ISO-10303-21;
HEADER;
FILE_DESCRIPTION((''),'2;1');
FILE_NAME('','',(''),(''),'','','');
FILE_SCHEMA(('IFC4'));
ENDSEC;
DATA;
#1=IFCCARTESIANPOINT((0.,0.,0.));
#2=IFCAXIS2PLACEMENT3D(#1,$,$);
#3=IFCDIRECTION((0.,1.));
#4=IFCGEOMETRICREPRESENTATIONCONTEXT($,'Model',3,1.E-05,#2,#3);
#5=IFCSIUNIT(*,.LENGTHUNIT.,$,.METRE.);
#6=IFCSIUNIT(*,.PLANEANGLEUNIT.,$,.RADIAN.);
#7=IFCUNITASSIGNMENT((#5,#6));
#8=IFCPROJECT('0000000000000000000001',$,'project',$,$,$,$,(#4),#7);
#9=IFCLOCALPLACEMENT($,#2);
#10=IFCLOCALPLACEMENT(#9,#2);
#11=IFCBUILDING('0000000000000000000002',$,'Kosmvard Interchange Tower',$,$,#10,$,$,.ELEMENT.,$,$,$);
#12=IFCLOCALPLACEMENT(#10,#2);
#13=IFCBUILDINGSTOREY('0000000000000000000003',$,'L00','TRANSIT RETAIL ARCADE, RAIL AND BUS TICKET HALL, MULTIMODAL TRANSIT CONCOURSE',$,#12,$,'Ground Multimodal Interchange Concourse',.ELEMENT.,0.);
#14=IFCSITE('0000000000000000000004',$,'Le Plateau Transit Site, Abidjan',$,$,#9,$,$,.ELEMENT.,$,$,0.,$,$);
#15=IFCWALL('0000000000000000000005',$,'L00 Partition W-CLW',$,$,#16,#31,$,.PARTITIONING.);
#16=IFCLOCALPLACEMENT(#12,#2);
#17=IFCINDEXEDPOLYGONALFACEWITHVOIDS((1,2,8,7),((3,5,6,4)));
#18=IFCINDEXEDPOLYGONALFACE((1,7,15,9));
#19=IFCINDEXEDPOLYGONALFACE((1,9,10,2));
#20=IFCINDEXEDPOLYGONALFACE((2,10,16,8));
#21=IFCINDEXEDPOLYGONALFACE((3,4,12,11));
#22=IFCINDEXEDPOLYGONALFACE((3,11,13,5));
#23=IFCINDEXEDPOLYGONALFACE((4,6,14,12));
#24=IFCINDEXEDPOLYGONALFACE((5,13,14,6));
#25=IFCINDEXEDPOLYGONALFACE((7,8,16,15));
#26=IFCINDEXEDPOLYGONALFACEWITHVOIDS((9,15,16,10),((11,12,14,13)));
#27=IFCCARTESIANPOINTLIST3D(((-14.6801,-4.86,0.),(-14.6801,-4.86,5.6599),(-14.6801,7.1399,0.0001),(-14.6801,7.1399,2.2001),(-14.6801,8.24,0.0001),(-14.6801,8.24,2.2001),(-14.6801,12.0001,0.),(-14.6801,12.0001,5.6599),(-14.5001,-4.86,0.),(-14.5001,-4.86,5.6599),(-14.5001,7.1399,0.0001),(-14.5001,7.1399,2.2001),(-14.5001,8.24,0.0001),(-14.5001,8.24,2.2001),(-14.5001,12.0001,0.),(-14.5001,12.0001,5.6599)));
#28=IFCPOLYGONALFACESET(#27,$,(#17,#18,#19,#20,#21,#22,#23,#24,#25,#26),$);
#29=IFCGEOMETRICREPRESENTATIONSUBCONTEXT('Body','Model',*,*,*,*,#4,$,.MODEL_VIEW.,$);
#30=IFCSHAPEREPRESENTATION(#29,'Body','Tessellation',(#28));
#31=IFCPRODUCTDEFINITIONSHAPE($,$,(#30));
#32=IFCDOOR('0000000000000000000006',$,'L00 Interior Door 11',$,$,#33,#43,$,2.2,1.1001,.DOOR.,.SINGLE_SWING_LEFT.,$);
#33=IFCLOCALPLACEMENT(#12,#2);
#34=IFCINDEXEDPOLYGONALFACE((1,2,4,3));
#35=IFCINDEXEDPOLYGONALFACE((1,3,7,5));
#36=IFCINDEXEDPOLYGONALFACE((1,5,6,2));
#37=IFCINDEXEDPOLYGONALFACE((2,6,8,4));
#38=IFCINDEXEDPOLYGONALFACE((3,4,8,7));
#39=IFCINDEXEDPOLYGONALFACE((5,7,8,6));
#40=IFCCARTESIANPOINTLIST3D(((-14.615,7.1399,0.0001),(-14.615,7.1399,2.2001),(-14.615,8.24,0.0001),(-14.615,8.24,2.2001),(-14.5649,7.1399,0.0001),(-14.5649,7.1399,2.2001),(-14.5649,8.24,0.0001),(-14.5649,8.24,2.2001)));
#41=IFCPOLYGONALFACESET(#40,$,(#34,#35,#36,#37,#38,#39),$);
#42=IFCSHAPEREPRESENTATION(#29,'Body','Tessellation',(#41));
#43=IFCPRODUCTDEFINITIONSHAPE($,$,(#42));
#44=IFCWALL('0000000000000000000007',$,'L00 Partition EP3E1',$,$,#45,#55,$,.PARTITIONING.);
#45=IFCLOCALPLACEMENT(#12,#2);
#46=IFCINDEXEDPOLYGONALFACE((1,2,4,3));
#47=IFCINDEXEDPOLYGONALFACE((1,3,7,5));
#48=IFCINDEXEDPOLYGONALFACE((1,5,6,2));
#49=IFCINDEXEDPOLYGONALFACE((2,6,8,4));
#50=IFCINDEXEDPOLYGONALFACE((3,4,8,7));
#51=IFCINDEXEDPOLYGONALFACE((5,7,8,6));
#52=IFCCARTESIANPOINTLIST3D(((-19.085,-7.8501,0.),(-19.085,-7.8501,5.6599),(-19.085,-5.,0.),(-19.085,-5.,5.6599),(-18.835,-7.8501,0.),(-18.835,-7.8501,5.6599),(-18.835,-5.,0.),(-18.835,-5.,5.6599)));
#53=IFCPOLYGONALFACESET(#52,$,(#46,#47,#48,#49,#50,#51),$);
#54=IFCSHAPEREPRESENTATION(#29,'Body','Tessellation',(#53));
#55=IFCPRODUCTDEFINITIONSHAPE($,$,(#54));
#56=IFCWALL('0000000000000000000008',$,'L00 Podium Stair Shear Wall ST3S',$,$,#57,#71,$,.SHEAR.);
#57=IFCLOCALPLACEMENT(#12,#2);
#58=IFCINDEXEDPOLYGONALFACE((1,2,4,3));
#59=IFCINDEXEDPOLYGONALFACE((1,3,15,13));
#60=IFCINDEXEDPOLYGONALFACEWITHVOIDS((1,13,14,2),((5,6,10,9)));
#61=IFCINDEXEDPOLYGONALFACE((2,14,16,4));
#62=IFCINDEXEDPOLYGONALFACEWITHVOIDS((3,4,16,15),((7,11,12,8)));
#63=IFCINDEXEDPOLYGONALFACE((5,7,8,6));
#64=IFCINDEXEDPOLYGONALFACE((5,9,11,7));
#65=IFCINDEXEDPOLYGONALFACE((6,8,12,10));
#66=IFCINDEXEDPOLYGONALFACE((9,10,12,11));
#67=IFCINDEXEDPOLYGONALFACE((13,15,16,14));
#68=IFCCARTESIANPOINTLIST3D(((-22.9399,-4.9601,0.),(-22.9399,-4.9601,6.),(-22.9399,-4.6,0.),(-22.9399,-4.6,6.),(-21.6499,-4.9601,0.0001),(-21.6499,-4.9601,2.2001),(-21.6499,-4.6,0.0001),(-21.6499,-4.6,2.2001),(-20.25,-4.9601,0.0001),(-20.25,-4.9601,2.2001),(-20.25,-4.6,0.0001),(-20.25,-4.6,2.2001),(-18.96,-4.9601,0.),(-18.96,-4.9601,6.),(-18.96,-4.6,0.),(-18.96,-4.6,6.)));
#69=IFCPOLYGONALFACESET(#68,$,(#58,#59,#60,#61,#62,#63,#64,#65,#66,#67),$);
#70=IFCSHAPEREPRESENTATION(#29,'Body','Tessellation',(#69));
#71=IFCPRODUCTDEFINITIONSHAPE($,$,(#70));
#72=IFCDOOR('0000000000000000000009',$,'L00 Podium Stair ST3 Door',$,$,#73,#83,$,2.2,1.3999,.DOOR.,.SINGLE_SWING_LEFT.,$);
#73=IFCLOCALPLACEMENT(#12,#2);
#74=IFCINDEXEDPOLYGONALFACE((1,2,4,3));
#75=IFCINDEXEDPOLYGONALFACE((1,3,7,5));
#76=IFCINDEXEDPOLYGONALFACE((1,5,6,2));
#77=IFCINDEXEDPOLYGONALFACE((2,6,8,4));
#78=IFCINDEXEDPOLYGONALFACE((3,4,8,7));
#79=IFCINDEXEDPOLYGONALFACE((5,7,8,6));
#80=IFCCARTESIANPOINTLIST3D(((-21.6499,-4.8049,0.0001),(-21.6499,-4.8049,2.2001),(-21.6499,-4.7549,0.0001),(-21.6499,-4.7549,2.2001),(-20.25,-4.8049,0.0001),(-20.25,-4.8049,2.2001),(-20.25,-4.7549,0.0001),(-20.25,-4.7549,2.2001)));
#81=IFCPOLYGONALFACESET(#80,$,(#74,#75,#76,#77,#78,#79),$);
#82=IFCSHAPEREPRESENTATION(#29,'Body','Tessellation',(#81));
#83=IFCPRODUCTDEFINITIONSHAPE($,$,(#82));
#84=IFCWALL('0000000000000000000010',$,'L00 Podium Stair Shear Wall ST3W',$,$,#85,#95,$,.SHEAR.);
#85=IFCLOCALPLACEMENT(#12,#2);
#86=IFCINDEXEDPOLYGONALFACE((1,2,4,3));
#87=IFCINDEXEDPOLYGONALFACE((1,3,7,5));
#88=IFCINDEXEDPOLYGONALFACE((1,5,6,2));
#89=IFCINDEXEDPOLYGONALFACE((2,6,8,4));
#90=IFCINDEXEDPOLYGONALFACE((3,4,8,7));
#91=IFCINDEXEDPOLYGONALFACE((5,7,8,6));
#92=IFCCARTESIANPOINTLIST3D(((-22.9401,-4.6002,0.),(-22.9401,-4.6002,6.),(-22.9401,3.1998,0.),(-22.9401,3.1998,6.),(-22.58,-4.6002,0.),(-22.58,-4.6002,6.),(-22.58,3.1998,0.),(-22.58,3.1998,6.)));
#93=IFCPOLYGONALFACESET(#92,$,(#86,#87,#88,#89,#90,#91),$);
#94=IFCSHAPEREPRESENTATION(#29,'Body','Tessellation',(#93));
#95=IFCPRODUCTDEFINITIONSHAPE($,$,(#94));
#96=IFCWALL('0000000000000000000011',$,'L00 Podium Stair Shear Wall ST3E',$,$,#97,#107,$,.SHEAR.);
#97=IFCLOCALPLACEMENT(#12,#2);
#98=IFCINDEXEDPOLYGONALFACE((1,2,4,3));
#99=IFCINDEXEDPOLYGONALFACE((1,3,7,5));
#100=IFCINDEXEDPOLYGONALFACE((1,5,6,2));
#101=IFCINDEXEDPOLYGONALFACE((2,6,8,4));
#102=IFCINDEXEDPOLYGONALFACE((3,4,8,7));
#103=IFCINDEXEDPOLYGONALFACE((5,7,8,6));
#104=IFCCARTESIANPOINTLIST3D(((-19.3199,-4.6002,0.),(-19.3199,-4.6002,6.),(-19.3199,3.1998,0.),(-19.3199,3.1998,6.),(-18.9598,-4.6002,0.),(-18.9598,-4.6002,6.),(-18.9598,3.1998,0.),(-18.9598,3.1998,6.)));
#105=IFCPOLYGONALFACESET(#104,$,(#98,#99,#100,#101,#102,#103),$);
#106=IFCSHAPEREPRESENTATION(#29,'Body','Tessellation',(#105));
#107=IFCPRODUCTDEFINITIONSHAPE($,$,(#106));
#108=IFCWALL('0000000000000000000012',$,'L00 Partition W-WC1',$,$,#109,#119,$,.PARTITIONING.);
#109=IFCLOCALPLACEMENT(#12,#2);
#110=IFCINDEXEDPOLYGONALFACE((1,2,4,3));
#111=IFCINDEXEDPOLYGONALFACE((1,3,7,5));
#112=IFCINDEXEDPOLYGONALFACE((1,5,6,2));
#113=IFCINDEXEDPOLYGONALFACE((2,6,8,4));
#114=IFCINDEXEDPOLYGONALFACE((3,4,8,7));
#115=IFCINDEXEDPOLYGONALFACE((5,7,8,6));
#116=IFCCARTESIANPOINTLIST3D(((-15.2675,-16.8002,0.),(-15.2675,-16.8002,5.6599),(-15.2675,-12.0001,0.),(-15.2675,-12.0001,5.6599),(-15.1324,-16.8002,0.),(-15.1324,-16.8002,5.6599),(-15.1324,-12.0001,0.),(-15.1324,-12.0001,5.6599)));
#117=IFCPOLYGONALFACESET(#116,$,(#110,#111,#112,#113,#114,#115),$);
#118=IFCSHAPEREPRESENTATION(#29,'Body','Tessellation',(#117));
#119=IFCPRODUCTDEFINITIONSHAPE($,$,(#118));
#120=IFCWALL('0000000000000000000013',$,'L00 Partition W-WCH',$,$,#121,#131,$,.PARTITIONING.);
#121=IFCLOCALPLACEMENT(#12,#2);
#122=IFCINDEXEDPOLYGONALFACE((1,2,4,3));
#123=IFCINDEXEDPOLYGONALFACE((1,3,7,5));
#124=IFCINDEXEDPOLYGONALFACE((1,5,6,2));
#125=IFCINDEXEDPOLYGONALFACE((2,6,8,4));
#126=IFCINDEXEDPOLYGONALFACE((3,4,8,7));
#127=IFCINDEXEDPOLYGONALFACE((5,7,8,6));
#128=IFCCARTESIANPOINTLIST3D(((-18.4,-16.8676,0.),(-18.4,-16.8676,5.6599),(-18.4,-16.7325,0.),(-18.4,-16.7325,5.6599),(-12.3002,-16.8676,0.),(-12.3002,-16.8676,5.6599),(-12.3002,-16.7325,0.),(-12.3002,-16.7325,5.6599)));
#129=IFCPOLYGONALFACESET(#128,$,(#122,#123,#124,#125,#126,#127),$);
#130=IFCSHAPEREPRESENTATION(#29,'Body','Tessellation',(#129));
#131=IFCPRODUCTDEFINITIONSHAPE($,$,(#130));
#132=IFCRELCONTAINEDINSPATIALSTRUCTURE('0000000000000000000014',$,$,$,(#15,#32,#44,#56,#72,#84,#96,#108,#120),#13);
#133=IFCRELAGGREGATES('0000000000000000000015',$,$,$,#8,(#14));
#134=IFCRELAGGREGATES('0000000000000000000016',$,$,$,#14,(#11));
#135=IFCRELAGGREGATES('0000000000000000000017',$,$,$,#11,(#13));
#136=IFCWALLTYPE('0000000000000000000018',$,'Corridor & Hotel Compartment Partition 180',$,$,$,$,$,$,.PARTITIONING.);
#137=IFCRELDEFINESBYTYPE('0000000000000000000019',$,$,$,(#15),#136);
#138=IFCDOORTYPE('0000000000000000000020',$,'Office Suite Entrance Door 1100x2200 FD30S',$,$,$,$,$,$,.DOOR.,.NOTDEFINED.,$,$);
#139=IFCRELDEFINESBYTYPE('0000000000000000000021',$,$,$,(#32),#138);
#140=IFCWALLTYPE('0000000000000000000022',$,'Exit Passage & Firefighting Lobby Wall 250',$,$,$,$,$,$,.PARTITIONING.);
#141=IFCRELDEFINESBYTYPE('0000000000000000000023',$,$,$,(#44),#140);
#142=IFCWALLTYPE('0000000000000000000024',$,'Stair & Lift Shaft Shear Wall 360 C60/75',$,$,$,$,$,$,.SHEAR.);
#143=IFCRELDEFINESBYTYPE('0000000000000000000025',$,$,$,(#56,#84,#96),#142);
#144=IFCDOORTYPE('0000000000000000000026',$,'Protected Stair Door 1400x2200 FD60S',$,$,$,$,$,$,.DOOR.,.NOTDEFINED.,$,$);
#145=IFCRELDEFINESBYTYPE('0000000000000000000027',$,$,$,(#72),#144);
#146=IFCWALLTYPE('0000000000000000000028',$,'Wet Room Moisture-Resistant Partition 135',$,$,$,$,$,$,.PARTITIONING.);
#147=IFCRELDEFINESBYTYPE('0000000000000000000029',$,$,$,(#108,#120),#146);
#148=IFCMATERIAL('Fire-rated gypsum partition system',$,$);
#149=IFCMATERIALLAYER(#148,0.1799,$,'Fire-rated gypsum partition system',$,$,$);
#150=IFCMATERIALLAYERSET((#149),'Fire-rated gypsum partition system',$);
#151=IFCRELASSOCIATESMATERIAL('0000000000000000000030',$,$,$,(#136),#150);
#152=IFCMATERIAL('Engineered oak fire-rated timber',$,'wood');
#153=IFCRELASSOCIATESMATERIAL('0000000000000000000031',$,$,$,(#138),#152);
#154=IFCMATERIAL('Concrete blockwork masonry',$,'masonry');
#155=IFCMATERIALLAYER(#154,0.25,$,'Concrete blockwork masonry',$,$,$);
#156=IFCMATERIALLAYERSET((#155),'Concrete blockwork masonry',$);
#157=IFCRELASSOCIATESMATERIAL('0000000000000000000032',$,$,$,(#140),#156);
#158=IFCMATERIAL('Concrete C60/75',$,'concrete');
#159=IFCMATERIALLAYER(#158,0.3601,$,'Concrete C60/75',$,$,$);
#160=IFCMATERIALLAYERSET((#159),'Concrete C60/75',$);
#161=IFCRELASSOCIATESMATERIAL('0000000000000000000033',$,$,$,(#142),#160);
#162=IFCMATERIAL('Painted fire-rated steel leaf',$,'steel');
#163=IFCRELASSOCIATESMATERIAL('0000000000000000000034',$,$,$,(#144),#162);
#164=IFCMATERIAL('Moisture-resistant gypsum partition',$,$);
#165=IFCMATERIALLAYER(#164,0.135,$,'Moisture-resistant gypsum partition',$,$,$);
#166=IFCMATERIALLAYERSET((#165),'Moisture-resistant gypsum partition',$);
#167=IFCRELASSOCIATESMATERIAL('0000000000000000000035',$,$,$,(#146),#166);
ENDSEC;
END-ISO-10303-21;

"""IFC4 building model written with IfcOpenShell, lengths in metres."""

from ifc_helpers import new_model, si_unit, direction, frame, frame_2d, origin, place, context, subcontext, project, spatial, rectangle, extrude, source, transform, mapped, material, layer, layer_set, type_object, element, fill, save


model = new_model("IFC4")

# Units and contexts
model_context = context("Model", 3, precision=1e-05, world=origin(), true_north=direction((0.0, 1.0)))
body_context = subcontext(model_context, "Body", "Model", "MODEL_VIEW")
ifc_project = project(units=[si_unit("LENGTHUNIT", "METRE"), si_unit("PLANEANGLEUNIT", "RADIAN")], contexts=[model_context])

# Site, building, storey
site_placement = place(None, origin())
site = spatial("IfcSite", under=ifc_project, at=site_placement, Name="Le Plateau Transit Site, Abidjan", CompositionType="ELEMENT", RefElevation=0.0)
building_placement = place(site_placement, origin())
building = spatial("IfcBuilding", under=site, at=building_placement, Name="Kosmvard Interchange Tower", CompositionType="ELEMENT")
storey_placement = place(building_placement, origin())
storey = spatial("IfcBuildingStorey", under=building, at=storey_placement, Name="L00", Description="TRANSIT RETAIL ARCADE, RAIL AND BUS TICKET HALL, MULTIMODAL TRANSIT CONCOURSE", LongName="Ground Multimodal Interchange Concourse", CompositionType="ELEMENT", Elevation=0.0)

# Shared definitions
ifc_material_1 = material(Name="Concrete C60/75", Category="concrete")

# Shared definitions
ifc_material_2 = material(Name="Fire-rated gypsum partition system")
ifc_layer_1 = layer(ifc_material_2, 0.1799, Name="Fire-rated gypsum partition system")
ifc_layer_set_1 = layer_set([ifc_layer_1], Name="Fire-rated gypsum partition system")
wall_type_1 = type_object("IfcWallType", Name="Corridor & Hotel Compartment Partition 180", PredefinedType="PARTITIONING", material=ifc_layer_set_1)

# Wall, opening, door
wall_1_placement = place(storey_placement, frame((-14.5901, -4.8601, 0.0), z_axis=(0.0, 0.0, 1.0), x_axis=(0.0, 1.0, 0.0)))
wall_1 = element("IfcWall", 1, at=wall_1_placement, inside=storey, type_object=wall_type_1, Name="L00 Partition W-CLW", PredefinedType="PARTITIONING", context=body_context, shape_type="SweptSolid", body=[
    extrude(rectangle(XDim=16.8601, YDim=0.1799, at=frame_2d((8.4302, 0.0))), origin(), (0.0, 0.0, 1.0), 5.6599),
])
opening_1_placement = place(wall_1_placement, frame((12.0, 0.0, 0.0)))
opening_1 = element("IfcOpeningElement", 2, at=opening_1_placement, cuts=wall_1, PredefinedType="OPENING", context=body_context, shape_type="SweptSolid", body=[
    extrude(rectangle(XDim=1.1001, YDim=2.2, at=frame_2d((0.55, 1.1001))), frame((0.0, 0.1001, 0.0), z_axis=(0.0, -1.0, 0.0), x_axis=(1.0, 0.0, 0.0)), (0.0, 0.0, 1.0), 0.2),
])
ifc_material_3 = material(Name="Engineered oak fire-rated timber", Category="wood")
door_type_1 = type_object("IfcDoorType", Name="Office Suite Entrance Door 1100x2200 FD30S", OperationType="NOTDEFINED", PredefinedType="DOOR", material=ifc_material_3)
shared_shape_1 = source(origin(), body_context, "Body", "SweptSolid", [
    extrude(rectangle(XDim=1.1001, YDim=2.2, at=frame_2d((0.55, 1.1001))), frame((0.0, 0.0249, 0.0), z_axis=(0.0, -1.0, 0.0), x_axis=(1.0, 0.0, 0.0)), (0.0, 0.0, 1.0), 0.05),
])
door_1_placement = place(opening_1_placement, origin())
door_1 = element("IfcDoor", 3, at=door_1_placement, inside=storey, type_object=door_type_1, Name="L00 Interior Door 11", OperationType="SINGLE_SWING_LEFT", OverallHeight=2.2, OverallWidth=1.1001, PredefinedType="DOOR", context=body_context, shape_type="MappedRepresentation", body=[
    mapped(shared_shape_1, transform((0.0, 0.0, 0.0), scale=1.0)),
])
fill(opening_1, door_1)

# Wall
ifc_material_4 = material(Name="Concrete blockwork masonry", Category="masonry")
ifc_layer_2 = layer(ifc_material_4, 0.25, Name="Concrete blockwork masonry")
ifc_layer_set_2 = layer_set([ifc_layer_2], Name="Concrete blockwork masonry")
wall_type_2 = type_object("IfcWallType", Name="Exit Passage & Firefighting Lobby Wall 250", PredefinedType="PARTITIONING", material=ifc_layer_set_2)
wall_2_placement = place(storey_placement, frame((-18.96, -7.8501, 0.0), z_axis=(0.0, 0.0, 1.0), x_axis=(0.0, 1.0, 0.0)))
element("IfcWall", 4, at=wall_2_placement, inside=storey, type_object=wall_type_2, Name="L00 Partition EP3E1", PredefinedType="PARTITIONING", context=body_context, shape_type="SweptSolid", body=[
    extrude(rectangle(XDim=2.8501, YDim=0.25, at=frame_2d((1.425, 0.0))), origin(), (0.0, 0.0, 1.0), 5.6599),
])

# Wall, opening, door
ifc_layer_3 = layer(ifc_material_1, 0.3601, Name="Concrete C60/75")
ifc_layer_set_3 = layer_set([ifc_layer_3], Name="Concrete C60/75")
wall_type_3 = type_object("IfcWallType", Name="Stair & Lift Shaft Shear Wall 360 C60/75", PredefinedType="SHEAR", material=ifc_layer_set_3)
wall_3_placement = place(storey_placement, frame((-22.9399, -4.78, 0.0), z_axis=(0.0, 0.0, 1.0), x_axis=(1.0, 0.0, 0.0)))
wall_3 = element("IfcWall", 5, at=wall_3_placement, inside=storey, type_object=wall_type_3, Name="L00 Podium Stair Shear Wall ST3S", PredefinedType="SHEAR", context=body_context, shape_type="SweptSolid", body=[
    extrude(rectangle(XDim=3.98, YDim=0.3601, at=frame_2d((1.99, 0.0))), origin(), (0.0, 0.0, 1.0), 6.0),
])
opening_2_placement = place(wall_3_placement, frame((1.29, 0.0, 0.0)))
opening_2 = element("IfcOpeningElement", 6, at=opening_2_placement, cuts=wall_3, PredefinedType="OPENING", context=body_context, shape_type="SweptSolid", body=[
    extrude(rectangle(XDim=1.3999, YDim=2.2, at=frame_2d((0.7, 1.1001))), frame((0.0, 0.1899, 0.0), z_axis=(0.0, -1.0, 0.0), x_axis=(1.0, 0.0, 0.0)), (0.0, 0.0, 1.0), 0.3801),
])
ifc_material_5 = material(Name="Painted fire-rated steel leaf", Category="steel")
door_type_2 = type_object("IfcDoorType", Name="Protected Stair Door 1400x2200 FD60S", OperationType="NOTDEFINED", PredefinedType="DOOR", material=ifc_material_5)
shared_shape_2 = source(origin(), body_context, "Body", "SweptSolid", [
    extrude(rectangle(XDim=1.3999, YDim=2.2, at=frame_2d((0.7, 1.1001))), frame((0.0, 0.0249, 0.0), z_axis=(0.0, -1.0, 0.0), x_axis=(1.0, 0.0, 0.0)), (0.0, 0.0, 1.0), 0.05),
])
door_2_placement = place(opening_2_placement, frame((1.3999, 0.0, 0.0), z_axis=(0.0, 0.0, 1.0), x_axis=(-1.0, 0.0, 0.0)))
door_2 = element("IfcDoor", 7, at=door_2_placement, inside=storey, type_object=door_type_2, Name="L00 Podium Stair ST3 Door", OperationType="SINGLE_SWING_LEFT", OverallHeight=2.2, OverallWidth=1.3999, PredefinedType="DOOR", context=body_context, shape_type="MappedRepresentation", body=[
    mapped(shared_shape_2, transform((0.0, 0.0, 0.0), scale=1.0)),
])
fill(opening_2, door_2)

# Walls
for number, where, z_axis, x_axis, name in (
    (8, (-22.76, -4.6001, 0.0), (0.0, 0.0, 1.0), (0.0, 1.0, 0.0), "L00 Podium Stair Shear Wall ST3W"),
    (9, (-19.1399, -4.6001, 0.0), (0.0, 0.0, 1.0), (0.0, 1.0, 0.0), "L00 Podium Stair Shear Wall ST3E"),
):
    element("IfcWall", number, at=place(storey_placement, frame(where, z_axis=z_axis, x_axis=x_axis)), inside=storey, type_object=wall_type_3, Name=name, PredefinedType="SHEAR", context=body_context, shape_type="SweptSolid", body=[
        extrude(rectangle(XDim=7.8, YDim=0.3601, at=frame_2d((3.8999, 0.0))), origin(), (0.0, 0.0, 1.0), 6.0),
    ])
ifc_material_6 = material(Name="Moisture-resistant gypsum partition")
ifc_layer_4 = layer(ifc_material_6, 0.135, Name="Moisture-resistant gypsum partition")
ifc_layer_set_4 = layer_set([ifc_layer_4], Name="Moisture-resistant gypsum partition")
wall_type_4 = type_object("IfcWallType", Name="Wet Room Moisture-Resistant Partition 135", PredefinedType="PARTITIONING", material=ifc_layer_set_4)
wall_4_placement = place(storey_placement, frame((-15.2, -16.8, 0.0), z_axis=(0.0, 0.0, 1.0), x_axis=(0.0, 1.0, 0.0)))
element("IfcWall", 10, at=wall_4_placement, inside=storey, type_object=wall_type_4, Name="L00 Partition W-WC1", PredefinedType="PARTITIONING", context=body_context, shape_type="SweptSolid", body=[
    extrude(rectangle(XDim=4.8, YDim=0.135, at=frame_2d((2.3999, 0.0))), origin(), (0.0, 0.0, 1.0), 5.6599),
])
wall_5_placement = place(storey_placement, frame((-18.3999, -16.8, 0.0), z_axis=(0.0, 0.0, 1.0), x_axis=(1.0, 0.0, 0.0)))
element("IfcWall", 11, at=wall_5_placement, inside=storey, type_object=wall_type_4, Name="L00 Partition W-WCH", PredefinedType="PARTITIONING", context=body_context, shape_type="SweptSolid", body=[
    extrude(rectangle(XDim=6.0999, YDim=0.135, at=frame_2d((3.0498, 0.0))), origin(), (0.0, 0.0, 1.0), 5.6599),
])

save(model, "model.ifc")
